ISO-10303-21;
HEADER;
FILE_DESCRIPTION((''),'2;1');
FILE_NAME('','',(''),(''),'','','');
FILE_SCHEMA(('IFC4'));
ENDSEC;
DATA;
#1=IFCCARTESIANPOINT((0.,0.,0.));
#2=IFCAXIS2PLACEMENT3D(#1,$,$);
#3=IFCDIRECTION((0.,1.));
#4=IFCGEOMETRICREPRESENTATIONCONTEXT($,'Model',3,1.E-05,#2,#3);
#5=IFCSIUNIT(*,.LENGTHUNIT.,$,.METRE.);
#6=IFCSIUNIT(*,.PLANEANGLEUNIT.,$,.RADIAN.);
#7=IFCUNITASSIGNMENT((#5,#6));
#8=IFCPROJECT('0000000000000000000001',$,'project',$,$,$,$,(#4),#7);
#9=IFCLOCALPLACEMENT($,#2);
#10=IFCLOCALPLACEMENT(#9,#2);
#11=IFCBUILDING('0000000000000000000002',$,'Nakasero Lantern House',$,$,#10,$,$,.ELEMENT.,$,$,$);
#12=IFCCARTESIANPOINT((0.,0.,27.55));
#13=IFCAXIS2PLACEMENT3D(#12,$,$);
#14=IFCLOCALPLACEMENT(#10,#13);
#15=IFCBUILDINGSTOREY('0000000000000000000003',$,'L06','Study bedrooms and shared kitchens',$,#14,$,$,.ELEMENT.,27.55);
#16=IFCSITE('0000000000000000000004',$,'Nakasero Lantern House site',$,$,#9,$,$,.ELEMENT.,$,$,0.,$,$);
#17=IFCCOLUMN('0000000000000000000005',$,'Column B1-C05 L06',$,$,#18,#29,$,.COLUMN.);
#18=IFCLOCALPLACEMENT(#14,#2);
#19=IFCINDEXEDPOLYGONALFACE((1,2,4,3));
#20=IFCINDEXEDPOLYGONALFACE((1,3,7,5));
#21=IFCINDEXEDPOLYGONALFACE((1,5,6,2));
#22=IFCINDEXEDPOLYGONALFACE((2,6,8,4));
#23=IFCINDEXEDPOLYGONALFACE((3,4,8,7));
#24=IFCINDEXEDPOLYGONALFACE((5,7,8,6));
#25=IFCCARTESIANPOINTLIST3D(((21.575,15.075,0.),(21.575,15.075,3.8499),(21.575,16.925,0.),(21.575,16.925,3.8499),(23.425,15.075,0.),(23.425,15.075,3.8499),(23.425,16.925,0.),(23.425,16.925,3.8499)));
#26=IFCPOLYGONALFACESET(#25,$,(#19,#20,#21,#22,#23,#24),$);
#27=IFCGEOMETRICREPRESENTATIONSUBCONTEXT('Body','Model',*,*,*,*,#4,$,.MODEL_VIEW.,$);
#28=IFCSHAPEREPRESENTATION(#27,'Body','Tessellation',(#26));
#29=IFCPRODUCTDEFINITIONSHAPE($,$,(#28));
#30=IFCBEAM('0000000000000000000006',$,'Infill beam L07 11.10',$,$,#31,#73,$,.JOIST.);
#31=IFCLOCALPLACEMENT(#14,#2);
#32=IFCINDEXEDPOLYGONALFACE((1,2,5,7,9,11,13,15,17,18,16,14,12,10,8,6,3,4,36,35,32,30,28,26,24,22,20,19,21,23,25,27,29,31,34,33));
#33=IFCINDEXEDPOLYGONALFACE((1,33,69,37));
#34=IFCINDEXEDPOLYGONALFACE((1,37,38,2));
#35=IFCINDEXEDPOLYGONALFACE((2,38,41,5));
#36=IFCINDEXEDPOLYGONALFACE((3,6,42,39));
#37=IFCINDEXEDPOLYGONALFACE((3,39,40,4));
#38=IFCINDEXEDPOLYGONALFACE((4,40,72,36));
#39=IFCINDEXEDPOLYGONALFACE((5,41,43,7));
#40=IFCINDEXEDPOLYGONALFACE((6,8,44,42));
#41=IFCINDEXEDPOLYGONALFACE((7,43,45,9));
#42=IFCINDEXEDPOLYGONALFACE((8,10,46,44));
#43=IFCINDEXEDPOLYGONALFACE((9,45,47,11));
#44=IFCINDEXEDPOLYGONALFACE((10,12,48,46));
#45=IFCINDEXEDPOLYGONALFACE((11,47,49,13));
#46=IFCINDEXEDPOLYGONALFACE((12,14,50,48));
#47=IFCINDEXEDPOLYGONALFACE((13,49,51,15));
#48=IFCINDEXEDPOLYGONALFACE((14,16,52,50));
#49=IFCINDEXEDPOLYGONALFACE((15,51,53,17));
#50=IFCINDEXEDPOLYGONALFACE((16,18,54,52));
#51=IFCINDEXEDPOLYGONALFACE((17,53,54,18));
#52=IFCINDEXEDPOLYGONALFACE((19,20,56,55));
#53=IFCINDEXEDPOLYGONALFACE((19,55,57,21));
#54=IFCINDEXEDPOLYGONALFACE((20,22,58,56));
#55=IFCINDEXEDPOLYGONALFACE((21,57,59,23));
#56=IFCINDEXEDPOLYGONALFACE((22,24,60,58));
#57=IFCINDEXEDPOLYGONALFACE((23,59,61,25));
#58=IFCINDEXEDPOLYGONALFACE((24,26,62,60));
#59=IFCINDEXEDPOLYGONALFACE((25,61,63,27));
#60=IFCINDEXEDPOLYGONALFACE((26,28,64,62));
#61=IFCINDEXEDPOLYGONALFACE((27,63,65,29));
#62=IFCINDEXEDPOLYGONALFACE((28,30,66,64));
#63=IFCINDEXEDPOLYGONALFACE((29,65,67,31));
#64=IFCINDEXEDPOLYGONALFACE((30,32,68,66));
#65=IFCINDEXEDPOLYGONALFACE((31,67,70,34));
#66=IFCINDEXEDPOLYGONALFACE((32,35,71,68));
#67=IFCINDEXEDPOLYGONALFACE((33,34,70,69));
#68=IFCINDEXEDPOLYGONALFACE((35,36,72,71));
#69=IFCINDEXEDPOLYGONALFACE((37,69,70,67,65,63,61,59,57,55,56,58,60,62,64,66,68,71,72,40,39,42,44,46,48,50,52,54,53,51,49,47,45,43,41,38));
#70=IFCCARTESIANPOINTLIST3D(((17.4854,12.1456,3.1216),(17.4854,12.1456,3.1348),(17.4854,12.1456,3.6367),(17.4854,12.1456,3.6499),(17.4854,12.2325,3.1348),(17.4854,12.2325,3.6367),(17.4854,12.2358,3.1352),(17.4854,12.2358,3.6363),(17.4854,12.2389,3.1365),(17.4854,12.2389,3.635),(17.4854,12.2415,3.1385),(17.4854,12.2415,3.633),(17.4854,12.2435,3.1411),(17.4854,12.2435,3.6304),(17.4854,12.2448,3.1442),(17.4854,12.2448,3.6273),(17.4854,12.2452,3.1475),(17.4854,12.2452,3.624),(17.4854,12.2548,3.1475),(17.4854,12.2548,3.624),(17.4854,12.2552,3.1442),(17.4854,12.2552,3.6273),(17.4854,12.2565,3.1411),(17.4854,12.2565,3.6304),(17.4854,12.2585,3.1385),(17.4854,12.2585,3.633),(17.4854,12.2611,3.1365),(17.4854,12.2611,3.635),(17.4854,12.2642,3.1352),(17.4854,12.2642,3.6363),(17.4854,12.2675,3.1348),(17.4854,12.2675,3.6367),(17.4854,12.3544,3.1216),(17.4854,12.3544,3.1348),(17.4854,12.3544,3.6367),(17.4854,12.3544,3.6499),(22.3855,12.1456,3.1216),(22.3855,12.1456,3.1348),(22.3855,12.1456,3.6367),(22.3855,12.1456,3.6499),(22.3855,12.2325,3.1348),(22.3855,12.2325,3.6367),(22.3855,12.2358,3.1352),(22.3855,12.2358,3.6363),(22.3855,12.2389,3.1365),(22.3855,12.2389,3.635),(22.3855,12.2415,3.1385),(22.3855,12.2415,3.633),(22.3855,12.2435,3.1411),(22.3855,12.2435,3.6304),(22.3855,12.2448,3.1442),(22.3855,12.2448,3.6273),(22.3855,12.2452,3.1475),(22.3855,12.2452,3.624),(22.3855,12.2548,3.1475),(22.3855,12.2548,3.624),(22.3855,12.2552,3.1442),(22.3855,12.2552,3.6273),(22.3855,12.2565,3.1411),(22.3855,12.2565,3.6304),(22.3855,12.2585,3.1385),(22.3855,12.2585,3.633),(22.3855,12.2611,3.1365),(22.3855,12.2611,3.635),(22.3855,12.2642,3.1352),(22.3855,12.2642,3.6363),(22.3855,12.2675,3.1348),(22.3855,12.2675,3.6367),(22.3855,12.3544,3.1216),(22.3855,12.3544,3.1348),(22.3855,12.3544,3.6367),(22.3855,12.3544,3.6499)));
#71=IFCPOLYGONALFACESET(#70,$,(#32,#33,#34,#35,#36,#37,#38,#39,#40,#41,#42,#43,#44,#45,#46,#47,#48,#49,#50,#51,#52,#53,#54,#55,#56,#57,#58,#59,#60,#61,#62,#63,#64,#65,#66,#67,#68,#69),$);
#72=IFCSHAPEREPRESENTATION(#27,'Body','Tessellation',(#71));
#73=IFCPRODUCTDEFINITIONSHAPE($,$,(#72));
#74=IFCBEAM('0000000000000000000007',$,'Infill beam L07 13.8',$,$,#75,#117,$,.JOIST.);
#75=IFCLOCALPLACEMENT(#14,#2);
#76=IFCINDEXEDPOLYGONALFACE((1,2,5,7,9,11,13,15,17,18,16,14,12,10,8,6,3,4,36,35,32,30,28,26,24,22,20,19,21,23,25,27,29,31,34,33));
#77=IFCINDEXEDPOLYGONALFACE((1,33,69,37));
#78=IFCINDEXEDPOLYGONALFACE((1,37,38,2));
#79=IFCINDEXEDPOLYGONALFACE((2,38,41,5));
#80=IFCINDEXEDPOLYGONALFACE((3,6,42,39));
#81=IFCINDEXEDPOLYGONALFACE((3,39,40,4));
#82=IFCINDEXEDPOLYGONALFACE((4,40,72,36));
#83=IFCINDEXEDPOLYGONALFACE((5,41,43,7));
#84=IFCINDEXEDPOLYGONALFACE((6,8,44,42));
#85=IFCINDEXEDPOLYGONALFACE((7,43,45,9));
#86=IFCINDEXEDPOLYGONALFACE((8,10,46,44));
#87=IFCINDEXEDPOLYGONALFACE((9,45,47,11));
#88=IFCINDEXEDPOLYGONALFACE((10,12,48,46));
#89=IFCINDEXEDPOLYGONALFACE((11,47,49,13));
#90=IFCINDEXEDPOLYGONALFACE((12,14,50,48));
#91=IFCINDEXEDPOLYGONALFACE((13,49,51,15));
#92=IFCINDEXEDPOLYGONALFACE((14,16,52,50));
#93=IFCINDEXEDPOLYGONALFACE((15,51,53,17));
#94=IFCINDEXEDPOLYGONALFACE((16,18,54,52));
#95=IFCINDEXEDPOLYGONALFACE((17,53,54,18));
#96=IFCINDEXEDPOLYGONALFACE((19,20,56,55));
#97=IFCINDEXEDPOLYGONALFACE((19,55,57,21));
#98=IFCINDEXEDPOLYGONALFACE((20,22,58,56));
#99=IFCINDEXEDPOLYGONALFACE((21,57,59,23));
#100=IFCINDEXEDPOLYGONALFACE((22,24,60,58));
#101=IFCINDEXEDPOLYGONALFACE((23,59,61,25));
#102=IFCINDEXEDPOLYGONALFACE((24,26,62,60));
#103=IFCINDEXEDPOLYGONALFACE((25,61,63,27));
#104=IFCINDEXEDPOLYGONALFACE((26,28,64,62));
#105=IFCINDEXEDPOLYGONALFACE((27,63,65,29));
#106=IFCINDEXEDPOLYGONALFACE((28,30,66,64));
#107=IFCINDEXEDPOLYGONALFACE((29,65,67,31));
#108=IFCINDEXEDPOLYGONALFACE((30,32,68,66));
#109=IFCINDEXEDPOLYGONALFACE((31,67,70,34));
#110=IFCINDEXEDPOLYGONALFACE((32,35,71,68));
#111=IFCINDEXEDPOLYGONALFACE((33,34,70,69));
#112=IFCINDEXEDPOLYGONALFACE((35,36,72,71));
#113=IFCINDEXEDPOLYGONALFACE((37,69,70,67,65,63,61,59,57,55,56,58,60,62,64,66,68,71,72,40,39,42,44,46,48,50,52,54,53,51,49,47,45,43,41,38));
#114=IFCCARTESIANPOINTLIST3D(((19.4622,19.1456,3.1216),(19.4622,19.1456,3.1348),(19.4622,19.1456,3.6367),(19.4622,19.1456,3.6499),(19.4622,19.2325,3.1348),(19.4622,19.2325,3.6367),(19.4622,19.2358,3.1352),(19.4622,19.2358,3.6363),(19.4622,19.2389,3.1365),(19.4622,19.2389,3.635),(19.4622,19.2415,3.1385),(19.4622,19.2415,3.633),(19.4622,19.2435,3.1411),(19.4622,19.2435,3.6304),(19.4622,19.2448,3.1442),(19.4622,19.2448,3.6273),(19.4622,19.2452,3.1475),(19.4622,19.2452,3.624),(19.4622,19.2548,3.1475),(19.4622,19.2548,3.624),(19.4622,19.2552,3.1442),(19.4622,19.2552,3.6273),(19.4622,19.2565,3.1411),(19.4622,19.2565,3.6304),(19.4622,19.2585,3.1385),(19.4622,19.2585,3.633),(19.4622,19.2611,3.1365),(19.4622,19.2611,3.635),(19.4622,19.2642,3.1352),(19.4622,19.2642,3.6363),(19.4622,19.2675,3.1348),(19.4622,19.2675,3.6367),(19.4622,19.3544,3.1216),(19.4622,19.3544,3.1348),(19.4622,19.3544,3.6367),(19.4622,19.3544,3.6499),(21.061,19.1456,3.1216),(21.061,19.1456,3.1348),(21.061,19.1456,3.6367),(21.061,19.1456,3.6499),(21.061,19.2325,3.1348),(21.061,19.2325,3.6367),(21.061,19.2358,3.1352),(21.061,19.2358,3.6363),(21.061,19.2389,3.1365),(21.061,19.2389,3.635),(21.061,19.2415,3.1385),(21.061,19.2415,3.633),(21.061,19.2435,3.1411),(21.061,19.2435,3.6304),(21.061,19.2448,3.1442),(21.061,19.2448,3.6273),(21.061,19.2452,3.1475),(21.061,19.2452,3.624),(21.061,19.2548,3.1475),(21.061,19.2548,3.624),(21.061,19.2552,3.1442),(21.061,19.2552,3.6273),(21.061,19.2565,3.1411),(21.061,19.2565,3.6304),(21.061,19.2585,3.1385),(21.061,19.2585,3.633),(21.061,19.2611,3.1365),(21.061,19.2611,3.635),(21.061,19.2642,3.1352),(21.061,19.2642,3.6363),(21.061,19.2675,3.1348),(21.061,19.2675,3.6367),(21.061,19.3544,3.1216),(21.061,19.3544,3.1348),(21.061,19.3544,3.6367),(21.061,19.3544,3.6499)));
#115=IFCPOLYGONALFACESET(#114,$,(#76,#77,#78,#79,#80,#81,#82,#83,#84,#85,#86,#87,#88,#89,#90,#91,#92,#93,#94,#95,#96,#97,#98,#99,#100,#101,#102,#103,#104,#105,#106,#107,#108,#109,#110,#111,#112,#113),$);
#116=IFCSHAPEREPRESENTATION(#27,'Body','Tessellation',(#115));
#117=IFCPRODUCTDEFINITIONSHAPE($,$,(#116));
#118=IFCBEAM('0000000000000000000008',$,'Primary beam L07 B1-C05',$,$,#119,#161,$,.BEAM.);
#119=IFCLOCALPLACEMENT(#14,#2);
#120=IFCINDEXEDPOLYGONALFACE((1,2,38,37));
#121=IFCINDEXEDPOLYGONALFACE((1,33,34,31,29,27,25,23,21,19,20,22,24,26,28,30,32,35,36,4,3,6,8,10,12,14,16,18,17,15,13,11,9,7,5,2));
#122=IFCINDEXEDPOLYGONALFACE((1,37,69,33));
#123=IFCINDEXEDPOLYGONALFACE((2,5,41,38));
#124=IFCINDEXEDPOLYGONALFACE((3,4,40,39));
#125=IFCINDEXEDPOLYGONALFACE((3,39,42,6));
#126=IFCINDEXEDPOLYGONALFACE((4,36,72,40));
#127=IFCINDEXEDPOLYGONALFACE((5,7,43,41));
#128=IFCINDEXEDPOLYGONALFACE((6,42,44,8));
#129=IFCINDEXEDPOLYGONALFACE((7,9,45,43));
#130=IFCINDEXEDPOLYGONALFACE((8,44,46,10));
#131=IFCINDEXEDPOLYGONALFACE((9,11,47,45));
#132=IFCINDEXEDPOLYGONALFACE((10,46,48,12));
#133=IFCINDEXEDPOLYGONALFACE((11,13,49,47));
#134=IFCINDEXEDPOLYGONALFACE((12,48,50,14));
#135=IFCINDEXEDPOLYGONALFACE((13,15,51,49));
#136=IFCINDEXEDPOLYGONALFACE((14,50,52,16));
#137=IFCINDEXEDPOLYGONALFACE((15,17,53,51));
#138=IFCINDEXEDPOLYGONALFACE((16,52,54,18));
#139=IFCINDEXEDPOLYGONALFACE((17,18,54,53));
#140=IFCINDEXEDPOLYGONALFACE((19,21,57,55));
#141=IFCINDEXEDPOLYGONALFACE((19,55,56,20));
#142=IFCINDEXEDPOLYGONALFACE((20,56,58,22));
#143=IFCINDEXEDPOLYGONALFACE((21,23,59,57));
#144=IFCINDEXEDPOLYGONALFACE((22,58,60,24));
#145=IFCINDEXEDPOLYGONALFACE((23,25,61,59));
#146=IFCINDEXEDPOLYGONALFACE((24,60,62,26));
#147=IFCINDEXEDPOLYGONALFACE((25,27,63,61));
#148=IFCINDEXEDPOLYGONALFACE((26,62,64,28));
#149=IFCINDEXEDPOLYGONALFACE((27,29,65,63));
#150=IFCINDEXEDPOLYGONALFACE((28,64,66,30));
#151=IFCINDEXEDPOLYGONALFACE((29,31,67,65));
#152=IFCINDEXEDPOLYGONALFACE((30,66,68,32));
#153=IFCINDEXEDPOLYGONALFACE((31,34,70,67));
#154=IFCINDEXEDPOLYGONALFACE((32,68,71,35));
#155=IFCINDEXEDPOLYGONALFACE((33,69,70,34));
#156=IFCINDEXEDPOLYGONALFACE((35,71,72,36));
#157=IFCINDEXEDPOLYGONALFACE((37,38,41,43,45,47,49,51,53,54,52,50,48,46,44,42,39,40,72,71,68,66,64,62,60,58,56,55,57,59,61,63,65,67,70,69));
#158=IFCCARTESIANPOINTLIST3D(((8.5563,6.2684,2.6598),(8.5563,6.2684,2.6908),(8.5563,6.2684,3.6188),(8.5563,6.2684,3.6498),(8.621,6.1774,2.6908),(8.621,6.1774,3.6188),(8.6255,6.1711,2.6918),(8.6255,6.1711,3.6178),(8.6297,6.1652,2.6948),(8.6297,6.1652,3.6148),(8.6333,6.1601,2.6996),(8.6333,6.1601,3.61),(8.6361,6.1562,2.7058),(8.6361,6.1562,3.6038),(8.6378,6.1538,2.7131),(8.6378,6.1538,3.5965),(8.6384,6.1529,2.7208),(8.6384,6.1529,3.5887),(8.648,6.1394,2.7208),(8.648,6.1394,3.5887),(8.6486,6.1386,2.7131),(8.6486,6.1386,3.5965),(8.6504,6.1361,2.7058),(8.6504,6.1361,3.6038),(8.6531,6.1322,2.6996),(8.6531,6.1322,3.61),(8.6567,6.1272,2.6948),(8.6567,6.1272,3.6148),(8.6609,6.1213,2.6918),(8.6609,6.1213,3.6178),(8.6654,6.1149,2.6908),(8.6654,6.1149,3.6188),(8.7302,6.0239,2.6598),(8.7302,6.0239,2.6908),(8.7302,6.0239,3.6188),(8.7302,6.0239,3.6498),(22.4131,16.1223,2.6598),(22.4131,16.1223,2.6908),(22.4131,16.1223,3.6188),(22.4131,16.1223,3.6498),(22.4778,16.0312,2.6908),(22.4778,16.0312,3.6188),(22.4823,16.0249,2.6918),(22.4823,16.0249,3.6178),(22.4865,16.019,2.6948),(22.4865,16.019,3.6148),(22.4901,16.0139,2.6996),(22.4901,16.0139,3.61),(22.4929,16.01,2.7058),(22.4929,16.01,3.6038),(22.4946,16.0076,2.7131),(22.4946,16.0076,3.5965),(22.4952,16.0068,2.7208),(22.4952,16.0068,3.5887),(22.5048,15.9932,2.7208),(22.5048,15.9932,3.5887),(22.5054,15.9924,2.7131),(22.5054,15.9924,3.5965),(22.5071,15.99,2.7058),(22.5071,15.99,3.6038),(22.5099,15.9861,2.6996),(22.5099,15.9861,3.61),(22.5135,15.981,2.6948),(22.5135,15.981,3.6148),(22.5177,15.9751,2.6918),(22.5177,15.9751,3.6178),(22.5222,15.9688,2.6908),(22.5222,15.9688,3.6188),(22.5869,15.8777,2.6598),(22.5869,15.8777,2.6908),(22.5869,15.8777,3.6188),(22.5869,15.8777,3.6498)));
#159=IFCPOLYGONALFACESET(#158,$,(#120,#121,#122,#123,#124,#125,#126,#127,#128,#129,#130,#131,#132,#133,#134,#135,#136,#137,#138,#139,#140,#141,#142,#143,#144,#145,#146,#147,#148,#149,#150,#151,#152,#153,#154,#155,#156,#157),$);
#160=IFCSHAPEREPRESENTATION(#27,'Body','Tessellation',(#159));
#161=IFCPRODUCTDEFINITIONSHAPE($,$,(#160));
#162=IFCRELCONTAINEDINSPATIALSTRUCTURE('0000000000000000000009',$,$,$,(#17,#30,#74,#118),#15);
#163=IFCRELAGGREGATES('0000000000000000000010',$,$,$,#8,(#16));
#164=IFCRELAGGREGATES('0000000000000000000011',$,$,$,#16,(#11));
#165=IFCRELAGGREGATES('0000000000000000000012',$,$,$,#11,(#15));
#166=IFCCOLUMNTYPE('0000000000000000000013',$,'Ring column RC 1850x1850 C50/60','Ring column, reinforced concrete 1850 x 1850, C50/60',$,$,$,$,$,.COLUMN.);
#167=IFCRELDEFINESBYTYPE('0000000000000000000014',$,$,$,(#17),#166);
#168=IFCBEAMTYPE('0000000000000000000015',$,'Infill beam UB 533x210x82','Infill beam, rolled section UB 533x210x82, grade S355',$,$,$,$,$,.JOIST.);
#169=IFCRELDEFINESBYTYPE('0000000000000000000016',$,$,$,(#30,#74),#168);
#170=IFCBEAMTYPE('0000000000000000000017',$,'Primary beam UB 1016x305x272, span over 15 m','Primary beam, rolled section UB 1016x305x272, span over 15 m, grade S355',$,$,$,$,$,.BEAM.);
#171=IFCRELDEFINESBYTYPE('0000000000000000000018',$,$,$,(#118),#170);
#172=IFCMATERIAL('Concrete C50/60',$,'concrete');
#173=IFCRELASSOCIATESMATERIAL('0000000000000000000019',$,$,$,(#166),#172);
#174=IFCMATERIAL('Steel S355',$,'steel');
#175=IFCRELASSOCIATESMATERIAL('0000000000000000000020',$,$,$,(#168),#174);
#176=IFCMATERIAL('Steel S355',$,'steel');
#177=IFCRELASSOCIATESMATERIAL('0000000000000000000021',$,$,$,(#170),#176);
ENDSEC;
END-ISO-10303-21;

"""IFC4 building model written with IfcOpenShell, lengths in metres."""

from ifc_helpers import new_model, si_unit, direction, frame, origin, origin_2d, place, context, subcontext, project, spatial, rectangle, i_section, extrude, material, material_profile, profile_set, type_object, element, save


model = new_model("IFC4")

# Units and contexts
model_context = context("Model", 3, precision=1e-05, world=origin(), true_north=direction((0.0, 1.0)))
body_context = subcontext(model_context, "Body", "Model", "MODEL_VIEW")
ifc_project = project(units=[si_unit("LENGTHUNIT", "METRE"), si_unit("PLANEANGLEUNIT", "RADIAN")], contexts=[model_context])

# Site, building, storey
site_placement = place(None, origin())
site = spatial("IfcSite", under=ifc_project, at=site_placement, Name="Nakasero Lantern House site", CompositionType="ELEMENT", RefElevation=0.0)
building_placement = place(site_placement, origin())
building = spatial("IfcBuilding", under=site, at=building_placement, Name="Nakasero Lantern House", CompositionType="ELEMENT")
storey_placement = place(building_placement, frame((0.0, 0.0, 27.55)))
storey = spatial("IfcBuildingStorey", under=building, at=storey_placement, Name="L06", Description="Study bedrooms and shared kitchens", CompositionType="ELEMENT", Elevation=27.55)

# Column
ifc_material_1 = material(Name="Concrete C50/60", Category="concrete")
ifc_material_profile_1 = material_profile(ifc_material_1, rectangle(XDim=1.8501, YDim=1.8501, at=origin_2d()), Name="RC 1850x1850")
ifc_profile_set_1 = profile_set([ifc_material_profile_1], Name="Concrete C50/60")
column_type = type_object("IfcColumnType", Name="Ring column RC 1850x1850 C50/60", Description="Ring column, reinforced concrete 1850 x 1850, C50/60", PredefinedType="COLUMN", material=ifc_profile_set_1)
column_placement = place(storey_placement, frame((22.5, 16.0, 0.0), z_axis=(0.0, 0.0, 1.0), x_axis=(1.0, 0.0, 0.0)))
element("IfcColumn", 1, at=column_placement, inside=storey, type_object=column_type, Name="Column B1-C05 L06", PredefinedType="COLUMN", context=body_context, shape_type="SweptSolid", body=[
    extrude(rectangle(XDim=1.8501, YDim=1.8501, at=origin_2d()), origin(), (0.0, 0.0, 1.0), 3.8499),
])

# Beams
ifc_material_2 = material(Name="Steel S355", Category="steel")
ifc_material_profile_2 = material_profile(ifc_material_2, i_section(OverallWidth=0.2087, OverallDepth=0.5283, WebThickness=0.0095, FlangeThickness=0.0132, FilletRadius=0.0127, at=origin_2d()), Name="UB 533x210x82")
ifc_profile_set_2 = profile_set([ifc_material_profile_2], Name="Steel S355")
beam_type_1 = type_object("IfcBeamType", Name="Infill beam UB 533x210x82", Description="Infill beam, rolled section UB 533x210x82, grade S355", PredefinedType="JOIST", material=ifc_profile_set_2)
beam_1_placement = place(storey_placement, frame((17.4854, 12.25, 3.3857), z_axis=(1.0, 0.0, 0.0), x_axis=(0.0, 1.0, 0.0)))
element("IfcBeam", 2, at=beam_1_placement, inside=storey, type_object=beam_type_1, Name="Infill beam L07 11.10", PredefinedType="JOIST", context=body_context, shape_type="SweptSolid", body=[
    extrude(i_section(OverallWidth=0.2087, OverallDepth=0.5283, WebThickness=0.0095, FlangeThickness=0.0132, FilletRadius=0.0127, at=origin_2d()), origin(), (0.0, 0.0, 1.0), 4.9001),
])
beam_2_placement = place(storey_placement, frame((19.4622, 19.25, 3.3857), z_axis=(1.0, 0.0, 0.0), x_axis=(0.0, 1.0, 0.0)))
element("IfcBeam", 3, at=beam_2_placement, inside=storey, type_object=beam_type_1, Name="Infill beam L07 13.8", PredefinedType="JOIST", context=body_context, shape_type="SweptSolid", body=[
    extrude(i_section(OverallWidth=0.2087, OverallDepth=0.5283, WebThickness=0.0095, FlangeThickness=0.0132, FilletRadius=0.0127, at=origin_2d()), origin(), (0.0, 0.0, 1.0), 1.5989),
])
ifc_material_3 = material(Name="Steel S355", Category="steel")
ifc_material_profile_3 = material_profile(ifc_material_3, i_section(OverallWidth=0.3, OverallDepth=0.99, WebThickness=0.0166, FlangeThickness=0.031, FilletRadius=0.03, at=origin_2d()), Name="UB 1016x305x272")
ifc_profile_set_3 = profile_set([ifc_material_profile_3], Name="Steel S355")
beam_type_2 = type_object("IfcBeamType", Name="Primary beam UB 1016x305x272, span over 15 m", Description="Primary beam, rolled section UB 1016x305x272, span over 15 m, grade S355", PredefinedType="BEAM", material=ifc_profile_set_3)
beam_3_placement = place(storey_placement, frame((22.5, 16.0, 3.1548), z_axis=(-0.814952, -0.579528, 0.0), x_axis=(0.579528, -0.814952, 0.0)))
element("IfcBeam", 4, at=beam_3_placement, inside=storey, type_object=beam_type_2, Name="Primary beam L07 B1-C05", PredefinedType="BEAM", context=body_context, shape_type="SweptSolid", body=[
    extrude(i_section(OverallWidth=0.3, OverallDepth=0.99, WebThickness=0.0166, FlangeThickness=0.031, FilletRadius=0.03, at=origin_2d()), origin(), (0.0, 0.0, 1.0), 17.0032),
])

save(model, "model.ifc")
